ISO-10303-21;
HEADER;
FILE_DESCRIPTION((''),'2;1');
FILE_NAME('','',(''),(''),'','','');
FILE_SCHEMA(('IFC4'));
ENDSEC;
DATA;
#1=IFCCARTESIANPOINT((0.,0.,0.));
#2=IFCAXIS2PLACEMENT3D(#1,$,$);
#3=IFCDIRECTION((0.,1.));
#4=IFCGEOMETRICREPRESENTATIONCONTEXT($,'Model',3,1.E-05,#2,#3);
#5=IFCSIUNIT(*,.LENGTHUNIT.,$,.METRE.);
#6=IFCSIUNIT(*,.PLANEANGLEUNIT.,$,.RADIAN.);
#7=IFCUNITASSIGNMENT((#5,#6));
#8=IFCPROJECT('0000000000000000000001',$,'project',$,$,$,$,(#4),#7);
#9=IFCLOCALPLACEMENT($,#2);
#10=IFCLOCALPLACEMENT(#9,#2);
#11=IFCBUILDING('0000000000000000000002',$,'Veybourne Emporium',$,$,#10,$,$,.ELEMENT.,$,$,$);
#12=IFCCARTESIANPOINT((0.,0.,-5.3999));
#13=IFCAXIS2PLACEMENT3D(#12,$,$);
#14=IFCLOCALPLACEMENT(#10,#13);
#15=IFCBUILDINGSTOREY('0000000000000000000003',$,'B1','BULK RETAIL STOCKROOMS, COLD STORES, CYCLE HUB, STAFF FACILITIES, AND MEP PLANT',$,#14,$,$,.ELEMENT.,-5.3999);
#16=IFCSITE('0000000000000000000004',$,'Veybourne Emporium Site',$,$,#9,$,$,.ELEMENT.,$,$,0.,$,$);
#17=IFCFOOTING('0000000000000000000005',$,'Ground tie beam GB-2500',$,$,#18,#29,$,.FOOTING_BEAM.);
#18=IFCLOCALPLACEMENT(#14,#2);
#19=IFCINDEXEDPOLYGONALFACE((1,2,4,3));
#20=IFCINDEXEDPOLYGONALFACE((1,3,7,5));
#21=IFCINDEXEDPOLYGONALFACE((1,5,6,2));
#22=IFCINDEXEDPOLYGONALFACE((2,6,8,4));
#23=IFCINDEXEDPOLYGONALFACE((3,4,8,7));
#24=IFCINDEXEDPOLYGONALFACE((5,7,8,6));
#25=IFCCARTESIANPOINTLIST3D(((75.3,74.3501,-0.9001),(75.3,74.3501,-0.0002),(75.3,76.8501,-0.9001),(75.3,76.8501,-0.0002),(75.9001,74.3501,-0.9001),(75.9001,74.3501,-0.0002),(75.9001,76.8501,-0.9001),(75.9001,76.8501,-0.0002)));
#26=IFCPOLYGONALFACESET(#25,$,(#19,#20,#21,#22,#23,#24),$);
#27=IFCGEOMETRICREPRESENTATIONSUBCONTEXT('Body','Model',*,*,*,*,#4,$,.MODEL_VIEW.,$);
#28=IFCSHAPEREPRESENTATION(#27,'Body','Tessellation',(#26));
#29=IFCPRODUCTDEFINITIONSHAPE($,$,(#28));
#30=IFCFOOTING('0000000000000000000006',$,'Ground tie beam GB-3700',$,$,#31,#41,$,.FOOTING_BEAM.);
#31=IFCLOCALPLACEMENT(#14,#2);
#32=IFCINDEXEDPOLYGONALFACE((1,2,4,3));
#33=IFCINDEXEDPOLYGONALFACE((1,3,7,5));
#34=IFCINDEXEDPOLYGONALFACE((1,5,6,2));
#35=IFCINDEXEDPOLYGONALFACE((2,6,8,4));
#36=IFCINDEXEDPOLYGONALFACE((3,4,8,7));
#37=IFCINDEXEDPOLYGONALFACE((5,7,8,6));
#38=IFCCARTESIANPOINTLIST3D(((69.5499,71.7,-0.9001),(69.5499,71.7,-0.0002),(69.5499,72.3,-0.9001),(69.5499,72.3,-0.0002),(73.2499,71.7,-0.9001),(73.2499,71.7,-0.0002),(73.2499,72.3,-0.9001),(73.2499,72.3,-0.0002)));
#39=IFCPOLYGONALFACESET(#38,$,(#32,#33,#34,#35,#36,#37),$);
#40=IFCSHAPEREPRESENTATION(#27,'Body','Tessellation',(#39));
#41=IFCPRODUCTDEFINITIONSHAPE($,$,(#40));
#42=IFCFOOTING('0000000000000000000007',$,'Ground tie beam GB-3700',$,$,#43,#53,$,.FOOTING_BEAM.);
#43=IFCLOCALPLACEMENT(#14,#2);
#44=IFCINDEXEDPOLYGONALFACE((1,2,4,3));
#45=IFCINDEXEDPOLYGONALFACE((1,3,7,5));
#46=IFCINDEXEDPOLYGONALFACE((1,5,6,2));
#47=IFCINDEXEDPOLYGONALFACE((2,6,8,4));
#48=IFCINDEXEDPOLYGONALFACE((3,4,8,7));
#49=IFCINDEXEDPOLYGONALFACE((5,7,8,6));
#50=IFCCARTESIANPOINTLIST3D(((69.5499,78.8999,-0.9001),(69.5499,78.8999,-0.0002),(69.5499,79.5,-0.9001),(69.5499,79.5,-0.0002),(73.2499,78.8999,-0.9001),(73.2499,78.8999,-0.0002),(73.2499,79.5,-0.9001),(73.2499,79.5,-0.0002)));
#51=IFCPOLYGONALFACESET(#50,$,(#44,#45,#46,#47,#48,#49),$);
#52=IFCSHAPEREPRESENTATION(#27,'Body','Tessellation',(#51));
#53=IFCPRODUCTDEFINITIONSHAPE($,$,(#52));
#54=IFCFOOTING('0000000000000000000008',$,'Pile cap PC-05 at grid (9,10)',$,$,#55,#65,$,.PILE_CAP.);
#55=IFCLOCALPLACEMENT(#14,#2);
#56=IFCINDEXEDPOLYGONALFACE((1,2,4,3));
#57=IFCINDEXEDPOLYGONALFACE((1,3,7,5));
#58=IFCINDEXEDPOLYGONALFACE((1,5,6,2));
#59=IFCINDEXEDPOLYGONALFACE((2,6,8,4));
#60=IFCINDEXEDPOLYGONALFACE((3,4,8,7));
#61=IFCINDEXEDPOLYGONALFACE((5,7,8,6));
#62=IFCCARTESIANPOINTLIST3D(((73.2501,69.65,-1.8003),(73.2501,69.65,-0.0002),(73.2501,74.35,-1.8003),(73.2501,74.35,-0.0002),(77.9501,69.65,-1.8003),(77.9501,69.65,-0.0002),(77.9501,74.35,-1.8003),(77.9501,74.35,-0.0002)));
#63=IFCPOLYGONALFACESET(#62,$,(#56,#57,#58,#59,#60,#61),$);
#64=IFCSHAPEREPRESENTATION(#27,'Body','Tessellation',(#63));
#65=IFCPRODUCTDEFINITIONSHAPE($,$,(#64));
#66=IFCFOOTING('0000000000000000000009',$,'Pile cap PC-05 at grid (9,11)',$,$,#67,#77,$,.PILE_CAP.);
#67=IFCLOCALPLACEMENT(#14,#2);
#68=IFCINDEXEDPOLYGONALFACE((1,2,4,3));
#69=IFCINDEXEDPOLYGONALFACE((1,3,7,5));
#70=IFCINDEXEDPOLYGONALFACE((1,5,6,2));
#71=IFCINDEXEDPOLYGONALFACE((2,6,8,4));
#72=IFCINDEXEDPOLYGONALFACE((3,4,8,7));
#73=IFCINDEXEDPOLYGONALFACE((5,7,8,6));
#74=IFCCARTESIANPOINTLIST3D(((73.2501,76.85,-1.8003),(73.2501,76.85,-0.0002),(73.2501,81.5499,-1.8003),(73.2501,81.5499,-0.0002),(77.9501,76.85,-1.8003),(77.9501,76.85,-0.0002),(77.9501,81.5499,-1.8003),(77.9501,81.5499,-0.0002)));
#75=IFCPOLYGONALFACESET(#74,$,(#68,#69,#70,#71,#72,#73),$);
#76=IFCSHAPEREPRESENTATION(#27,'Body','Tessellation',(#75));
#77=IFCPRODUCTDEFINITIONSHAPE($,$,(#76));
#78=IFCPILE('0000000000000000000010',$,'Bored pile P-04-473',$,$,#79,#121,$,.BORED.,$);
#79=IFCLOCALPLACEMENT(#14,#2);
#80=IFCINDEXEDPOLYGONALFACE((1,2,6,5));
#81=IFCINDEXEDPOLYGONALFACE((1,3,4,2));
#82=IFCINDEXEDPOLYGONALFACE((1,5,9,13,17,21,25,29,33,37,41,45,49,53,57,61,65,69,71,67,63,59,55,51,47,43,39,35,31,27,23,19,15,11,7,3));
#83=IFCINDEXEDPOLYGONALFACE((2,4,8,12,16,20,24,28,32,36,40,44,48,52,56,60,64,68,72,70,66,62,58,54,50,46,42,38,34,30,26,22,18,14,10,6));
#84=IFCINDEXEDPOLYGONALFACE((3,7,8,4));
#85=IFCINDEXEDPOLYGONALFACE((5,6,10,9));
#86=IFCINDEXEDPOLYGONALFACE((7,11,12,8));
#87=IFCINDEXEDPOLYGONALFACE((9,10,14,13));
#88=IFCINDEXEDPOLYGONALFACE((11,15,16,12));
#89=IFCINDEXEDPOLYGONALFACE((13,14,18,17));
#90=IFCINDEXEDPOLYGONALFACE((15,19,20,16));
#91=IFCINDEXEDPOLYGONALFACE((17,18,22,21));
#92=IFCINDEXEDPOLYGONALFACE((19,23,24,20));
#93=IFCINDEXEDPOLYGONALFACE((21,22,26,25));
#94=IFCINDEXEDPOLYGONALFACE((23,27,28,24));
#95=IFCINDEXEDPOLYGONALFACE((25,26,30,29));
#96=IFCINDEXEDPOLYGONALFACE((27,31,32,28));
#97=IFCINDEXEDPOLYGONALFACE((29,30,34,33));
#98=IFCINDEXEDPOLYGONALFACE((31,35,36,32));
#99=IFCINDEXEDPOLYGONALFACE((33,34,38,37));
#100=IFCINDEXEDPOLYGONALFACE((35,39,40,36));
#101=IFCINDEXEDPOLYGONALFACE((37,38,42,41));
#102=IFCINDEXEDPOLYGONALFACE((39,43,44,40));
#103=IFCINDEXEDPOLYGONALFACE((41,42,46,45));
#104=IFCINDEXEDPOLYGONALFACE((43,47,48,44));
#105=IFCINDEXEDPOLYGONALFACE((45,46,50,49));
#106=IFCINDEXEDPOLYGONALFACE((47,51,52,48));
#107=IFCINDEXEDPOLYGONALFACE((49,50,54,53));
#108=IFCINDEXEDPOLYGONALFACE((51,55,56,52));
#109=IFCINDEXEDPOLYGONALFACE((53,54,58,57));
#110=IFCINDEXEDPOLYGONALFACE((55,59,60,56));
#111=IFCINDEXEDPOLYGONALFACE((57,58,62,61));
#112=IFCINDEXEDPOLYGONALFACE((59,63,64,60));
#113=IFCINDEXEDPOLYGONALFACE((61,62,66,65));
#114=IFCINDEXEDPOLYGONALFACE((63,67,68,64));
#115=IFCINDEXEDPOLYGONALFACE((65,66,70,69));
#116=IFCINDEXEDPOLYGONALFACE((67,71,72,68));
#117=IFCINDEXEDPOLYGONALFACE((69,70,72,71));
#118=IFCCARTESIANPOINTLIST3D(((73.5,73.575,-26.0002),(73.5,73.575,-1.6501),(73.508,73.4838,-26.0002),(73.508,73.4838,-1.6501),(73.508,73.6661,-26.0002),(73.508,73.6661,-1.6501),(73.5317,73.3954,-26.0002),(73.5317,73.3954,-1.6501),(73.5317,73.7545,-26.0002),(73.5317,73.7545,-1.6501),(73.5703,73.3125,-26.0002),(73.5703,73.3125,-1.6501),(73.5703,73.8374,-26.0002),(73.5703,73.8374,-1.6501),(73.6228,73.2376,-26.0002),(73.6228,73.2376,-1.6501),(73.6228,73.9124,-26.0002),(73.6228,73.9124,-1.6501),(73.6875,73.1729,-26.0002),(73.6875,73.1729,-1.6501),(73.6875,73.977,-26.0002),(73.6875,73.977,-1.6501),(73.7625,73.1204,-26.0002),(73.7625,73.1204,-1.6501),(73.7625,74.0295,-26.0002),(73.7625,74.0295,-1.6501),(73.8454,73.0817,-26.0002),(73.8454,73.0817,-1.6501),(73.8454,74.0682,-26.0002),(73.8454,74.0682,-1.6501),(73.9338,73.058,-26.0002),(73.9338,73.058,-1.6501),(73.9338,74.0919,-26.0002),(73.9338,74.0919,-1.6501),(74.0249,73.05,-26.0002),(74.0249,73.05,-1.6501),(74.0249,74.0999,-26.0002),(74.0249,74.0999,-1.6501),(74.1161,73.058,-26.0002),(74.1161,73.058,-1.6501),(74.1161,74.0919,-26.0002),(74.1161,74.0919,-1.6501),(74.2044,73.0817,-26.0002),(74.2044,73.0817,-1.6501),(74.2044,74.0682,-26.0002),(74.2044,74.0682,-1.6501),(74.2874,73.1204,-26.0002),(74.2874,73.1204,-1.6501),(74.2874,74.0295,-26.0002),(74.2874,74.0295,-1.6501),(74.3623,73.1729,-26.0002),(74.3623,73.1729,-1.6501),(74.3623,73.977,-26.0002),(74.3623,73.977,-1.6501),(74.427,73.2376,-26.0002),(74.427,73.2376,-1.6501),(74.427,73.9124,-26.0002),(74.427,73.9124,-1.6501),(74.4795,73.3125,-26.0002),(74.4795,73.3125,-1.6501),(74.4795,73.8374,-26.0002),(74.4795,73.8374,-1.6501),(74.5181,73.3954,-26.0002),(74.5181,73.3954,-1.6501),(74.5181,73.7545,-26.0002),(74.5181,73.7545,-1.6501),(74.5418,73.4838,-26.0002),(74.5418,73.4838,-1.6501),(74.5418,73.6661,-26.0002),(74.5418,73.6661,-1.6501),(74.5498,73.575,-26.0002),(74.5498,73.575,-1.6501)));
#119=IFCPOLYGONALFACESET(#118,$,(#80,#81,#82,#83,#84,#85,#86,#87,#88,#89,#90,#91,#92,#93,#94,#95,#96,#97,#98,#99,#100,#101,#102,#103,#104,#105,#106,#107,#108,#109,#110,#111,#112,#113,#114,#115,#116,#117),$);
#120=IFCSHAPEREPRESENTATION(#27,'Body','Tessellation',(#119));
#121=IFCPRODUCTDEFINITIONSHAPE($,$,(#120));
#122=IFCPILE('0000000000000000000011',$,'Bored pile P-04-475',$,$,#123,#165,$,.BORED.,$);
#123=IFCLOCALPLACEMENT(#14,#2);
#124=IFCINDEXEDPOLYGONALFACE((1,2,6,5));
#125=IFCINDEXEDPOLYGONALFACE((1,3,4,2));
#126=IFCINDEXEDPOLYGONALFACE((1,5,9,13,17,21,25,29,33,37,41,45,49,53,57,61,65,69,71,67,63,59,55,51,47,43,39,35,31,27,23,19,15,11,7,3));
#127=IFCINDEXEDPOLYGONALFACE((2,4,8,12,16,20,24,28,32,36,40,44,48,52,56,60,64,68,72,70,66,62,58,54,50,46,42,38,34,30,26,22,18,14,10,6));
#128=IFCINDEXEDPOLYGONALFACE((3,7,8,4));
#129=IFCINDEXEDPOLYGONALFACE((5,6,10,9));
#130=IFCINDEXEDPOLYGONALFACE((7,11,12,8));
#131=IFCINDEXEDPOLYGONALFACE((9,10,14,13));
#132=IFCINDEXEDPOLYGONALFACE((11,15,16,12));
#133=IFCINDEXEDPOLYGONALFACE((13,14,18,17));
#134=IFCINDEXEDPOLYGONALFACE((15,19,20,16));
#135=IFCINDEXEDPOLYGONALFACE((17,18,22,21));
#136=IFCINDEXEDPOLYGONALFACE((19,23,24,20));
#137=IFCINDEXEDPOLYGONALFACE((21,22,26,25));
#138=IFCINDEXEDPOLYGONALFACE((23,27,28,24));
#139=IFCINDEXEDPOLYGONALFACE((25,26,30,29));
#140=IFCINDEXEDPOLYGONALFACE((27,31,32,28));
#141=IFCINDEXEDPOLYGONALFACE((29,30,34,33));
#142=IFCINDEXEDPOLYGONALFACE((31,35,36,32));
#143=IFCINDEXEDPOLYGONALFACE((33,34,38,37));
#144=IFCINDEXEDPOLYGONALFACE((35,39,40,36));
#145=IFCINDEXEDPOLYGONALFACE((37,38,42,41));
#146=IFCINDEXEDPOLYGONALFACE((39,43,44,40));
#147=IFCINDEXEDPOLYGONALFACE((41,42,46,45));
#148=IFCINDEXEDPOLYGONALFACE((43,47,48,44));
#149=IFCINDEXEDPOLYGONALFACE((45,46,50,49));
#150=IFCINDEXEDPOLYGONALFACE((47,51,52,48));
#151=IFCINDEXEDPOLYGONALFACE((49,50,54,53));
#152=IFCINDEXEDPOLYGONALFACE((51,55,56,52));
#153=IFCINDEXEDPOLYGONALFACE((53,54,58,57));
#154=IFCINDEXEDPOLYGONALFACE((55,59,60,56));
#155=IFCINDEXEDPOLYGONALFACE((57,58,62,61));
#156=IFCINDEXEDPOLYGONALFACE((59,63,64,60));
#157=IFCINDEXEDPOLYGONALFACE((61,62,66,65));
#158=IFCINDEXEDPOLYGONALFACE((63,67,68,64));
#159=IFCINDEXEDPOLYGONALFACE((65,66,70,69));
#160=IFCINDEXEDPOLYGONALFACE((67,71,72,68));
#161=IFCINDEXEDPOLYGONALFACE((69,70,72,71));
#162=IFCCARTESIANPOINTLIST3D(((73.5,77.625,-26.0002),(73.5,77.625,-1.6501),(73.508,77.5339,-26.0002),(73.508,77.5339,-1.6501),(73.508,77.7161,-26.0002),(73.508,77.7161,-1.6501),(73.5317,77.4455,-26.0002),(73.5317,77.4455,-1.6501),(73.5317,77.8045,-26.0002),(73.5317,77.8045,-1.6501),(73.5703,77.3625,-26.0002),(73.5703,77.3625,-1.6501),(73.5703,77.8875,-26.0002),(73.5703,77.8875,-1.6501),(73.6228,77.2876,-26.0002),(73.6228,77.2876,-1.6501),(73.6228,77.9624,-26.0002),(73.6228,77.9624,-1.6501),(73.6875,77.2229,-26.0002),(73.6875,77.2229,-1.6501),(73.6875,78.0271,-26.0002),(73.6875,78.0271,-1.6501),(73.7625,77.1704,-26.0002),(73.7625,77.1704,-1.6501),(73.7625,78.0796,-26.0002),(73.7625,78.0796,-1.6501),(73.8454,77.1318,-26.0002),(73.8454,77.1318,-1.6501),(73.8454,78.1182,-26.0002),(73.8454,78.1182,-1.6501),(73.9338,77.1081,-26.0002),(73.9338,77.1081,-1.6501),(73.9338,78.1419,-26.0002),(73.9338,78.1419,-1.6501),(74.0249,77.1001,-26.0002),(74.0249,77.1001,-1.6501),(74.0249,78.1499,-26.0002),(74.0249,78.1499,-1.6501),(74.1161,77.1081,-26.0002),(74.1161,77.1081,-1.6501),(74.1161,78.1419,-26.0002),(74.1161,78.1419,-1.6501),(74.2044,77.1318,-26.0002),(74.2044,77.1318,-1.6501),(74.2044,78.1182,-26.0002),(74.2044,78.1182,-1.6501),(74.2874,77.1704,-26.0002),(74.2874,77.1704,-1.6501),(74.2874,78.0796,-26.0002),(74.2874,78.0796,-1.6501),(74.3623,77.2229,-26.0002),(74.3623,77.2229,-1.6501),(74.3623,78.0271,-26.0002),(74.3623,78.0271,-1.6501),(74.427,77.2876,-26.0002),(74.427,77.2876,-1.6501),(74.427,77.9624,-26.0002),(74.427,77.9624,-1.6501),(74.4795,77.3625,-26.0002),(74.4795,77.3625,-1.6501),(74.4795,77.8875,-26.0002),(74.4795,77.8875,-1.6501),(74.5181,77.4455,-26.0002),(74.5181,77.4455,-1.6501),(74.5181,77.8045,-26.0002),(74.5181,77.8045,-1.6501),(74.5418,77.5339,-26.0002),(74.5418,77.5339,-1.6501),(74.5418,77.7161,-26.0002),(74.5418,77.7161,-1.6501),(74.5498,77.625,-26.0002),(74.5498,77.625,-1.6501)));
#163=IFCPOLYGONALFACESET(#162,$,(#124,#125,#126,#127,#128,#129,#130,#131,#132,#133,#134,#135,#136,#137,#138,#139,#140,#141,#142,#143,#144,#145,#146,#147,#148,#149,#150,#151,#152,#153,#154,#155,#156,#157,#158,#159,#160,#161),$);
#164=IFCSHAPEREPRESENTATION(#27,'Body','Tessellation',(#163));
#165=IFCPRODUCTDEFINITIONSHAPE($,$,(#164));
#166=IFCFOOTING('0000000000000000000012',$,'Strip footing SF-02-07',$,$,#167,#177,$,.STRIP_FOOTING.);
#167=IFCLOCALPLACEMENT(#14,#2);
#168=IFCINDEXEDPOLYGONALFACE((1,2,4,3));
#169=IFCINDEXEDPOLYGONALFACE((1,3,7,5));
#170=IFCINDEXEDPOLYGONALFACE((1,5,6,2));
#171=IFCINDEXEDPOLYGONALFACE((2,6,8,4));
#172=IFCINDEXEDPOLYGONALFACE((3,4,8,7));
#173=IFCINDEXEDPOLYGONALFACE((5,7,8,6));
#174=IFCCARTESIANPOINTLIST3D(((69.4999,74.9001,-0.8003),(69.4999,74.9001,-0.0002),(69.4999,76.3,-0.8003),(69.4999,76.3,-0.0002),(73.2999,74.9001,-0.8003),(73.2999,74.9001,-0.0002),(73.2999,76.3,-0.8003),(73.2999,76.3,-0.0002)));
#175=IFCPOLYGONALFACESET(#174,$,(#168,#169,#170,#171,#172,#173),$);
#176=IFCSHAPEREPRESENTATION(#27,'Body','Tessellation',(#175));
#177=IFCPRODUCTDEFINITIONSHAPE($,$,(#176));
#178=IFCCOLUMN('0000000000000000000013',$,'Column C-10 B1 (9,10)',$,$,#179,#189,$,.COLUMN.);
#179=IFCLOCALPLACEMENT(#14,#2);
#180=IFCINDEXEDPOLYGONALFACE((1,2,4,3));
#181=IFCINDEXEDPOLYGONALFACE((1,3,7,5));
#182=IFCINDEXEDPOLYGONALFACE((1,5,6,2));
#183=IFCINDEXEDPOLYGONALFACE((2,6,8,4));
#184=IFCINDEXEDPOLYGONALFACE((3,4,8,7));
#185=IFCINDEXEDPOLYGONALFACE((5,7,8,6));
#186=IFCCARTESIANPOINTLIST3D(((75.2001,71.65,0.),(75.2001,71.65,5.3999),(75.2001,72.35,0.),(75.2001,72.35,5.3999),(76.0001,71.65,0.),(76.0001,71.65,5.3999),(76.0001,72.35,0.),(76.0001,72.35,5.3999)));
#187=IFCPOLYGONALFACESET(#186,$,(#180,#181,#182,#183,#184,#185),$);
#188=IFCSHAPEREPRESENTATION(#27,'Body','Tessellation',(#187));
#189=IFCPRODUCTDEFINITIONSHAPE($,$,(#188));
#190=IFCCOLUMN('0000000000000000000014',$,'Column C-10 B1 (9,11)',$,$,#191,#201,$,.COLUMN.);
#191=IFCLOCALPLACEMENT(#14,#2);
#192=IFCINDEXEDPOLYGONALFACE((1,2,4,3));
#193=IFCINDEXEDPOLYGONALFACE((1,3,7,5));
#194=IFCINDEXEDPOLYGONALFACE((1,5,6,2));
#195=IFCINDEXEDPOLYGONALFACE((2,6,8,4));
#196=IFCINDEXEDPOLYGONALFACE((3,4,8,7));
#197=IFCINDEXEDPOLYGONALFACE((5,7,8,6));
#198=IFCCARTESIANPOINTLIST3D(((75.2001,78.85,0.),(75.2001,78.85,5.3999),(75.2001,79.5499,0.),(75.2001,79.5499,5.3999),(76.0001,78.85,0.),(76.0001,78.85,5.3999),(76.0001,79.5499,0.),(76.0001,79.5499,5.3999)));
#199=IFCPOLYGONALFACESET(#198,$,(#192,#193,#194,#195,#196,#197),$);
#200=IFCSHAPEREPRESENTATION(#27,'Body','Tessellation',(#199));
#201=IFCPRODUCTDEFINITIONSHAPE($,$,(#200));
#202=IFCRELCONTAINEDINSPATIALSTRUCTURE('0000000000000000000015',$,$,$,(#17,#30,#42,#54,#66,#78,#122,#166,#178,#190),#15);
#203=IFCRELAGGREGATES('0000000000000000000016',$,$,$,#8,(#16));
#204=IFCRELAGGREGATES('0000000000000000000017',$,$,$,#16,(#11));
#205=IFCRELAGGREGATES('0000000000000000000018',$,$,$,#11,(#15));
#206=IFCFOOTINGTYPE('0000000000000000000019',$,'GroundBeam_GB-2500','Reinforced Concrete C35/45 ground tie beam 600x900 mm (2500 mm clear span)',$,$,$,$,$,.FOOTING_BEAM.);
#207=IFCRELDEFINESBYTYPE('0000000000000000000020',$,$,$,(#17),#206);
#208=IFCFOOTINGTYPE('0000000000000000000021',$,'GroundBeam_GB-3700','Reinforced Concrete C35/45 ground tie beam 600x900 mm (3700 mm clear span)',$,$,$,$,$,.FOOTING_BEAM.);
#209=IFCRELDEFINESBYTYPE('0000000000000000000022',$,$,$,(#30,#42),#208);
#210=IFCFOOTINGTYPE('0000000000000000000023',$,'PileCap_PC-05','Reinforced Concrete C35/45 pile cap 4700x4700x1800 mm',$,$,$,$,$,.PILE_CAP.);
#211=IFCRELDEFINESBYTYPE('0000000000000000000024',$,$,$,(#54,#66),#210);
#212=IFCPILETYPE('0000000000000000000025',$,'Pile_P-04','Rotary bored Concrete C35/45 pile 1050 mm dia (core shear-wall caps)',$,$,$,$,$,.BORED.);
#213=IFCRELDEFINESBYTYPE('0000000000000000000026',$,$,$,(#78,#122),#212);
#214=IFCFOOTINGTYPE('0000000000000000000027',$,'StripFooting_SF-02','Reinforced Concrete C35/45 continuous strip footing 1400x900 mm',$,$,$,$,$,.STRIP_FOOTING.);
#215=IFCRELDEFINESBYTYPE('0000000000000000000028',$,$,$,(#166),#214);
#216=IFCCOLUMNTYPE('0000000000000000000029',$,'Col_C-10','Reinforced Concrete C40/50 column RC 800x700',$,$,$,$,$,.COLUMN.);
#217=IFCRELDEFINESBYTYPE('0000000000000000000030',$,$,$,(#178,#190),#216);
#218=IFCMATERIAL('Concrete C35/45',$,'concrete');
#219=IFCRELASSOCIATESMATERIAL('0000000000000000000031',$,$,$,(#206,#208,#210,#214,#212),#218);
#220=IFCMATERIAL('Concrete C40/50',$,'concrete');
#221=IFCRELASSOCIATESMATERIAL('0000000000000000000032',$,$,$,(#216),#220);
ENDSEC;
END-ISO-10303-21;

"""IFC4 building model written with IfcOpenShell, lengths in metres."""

from ifc_helpers import new_model, si_unit, direction, frame, origin, origin_2d, place, context, subcontext, project, spatial, rectangle, circle, extrude, material, material_profile, profile_set, type_object, element, save


model = new_model("IFC4")

# Units and contexts
model_context = context("Model", 3, precision=1e-05, world=origin(), true_north=direction((0.0, 1.0)))
body_context = subcontext(model_context, "Body", "Model", "MODEL_VIEW")
ifc_project = project(units=[si_unit("LENGTHUNIT", "METRE"), si_unit("PLANEANGLEUNIT", "RADIAN")], contexts=[model_context])

# Site, building, storey
site_placement = place(None, origin())
site = spatial("IfcSite", under=ifc_project, at=site_placement, Name="Veybourne Emporium Site", CompositionType="ELEMENT", RefElevation=0.0)
building_placement = place(site_placement, origin())
building = spatial("IfcBuilding", under=site, at=building_placement, Name="Veybourne Emporium", CompositionType="ELEMENT")
storey_placement = place(building_placement, frame((0.0, 0.0, -5.3999)))
storey = spatial("IfcBuildingStorey", under=building, at=storey_placement, Name="B1", Description="BULK RETAIL STOCKROOMS, COLD STORES, CYCLE HUB, STAFF FACILITIES, AND MEP PLANT", CompositionType="ELEMENT", Elevation=-5.3999)

# Footings
ifc_material_1 = material(Name="Concrete C35/45", Category="concrete")
footing_type_1 = type_object("IfcFootingType", Name="GroundBeam_GB-2500", Description="Reinforced Concrete C35/45 ground tie beam 600x900 mm (2500 mm clear span)", PredefinedType="FOOTING_BEAM", material=ifc_material_1)
footing_1_placement = place(storey_placement, frame((75.6001, 75.6001, -0.9001), z_axis=(0.0, 0.0, 1.0), x_axis=(0.0, 1.0, 0.0)))
element("IfcFooting", 1, at=footing_1_placement, inside=storey, type_object=footing_type_1, Name="Ground tie beam GB-2500", PredefinedType="FOOTING_BEAM", context=body_context, shape_type="SweptSolid", body=[
    extrude(rectangle(XDim=2.5, YDim=0.6001, at=origin_2d()), origin(), (0.0, 0.0, 1.0), 0.8999),
])
footing_type_2 = type_object("IfcFootingType", Name="GroundBeam_GB-3700", Description="Reinforced Concrete C35/45 ground tie beam 600x900 mm (3700 mm clear span)", PredefinedType="FOOTING_BEAM", material=ifc_material_1)
for number, where, z_axis, x_axis, name in (
    (2, (71.3999, 72.0, -0.9001), (0.0, 0.0, 1.0), (1.0, 0.0, 0.0), "Ground tie beam GB-3700"),
    (3, (71.3999, 79.2, -0.9001), (0.0, 0.0, 1.0), (1.0, 0.0, 0.0), "Ground tie beam GB-3700"),
):
    element("IfcFooting", number, at=place(storey_placement, frame(where, z_axis=z_axis, x_axis=x_axis)), inside=storey, type_object=footing_type_2, Name=name, PredefinedType="FOOTING_BEAM", context=body_context, shape_type="SweptSolid", body=[
        extrude(rectangle(XDim=3.7, YDim=0.6001, at=origin_2d()), origin(), (0.0, 0.0, 1.0), 0.8999),
    ])
footing_type_3 = type_object("IfcFootingType", Name="PileCap_PC-05", Description="Reinforced Concrete C35/45 pile cap 4700x4700x1800 mm", PredefinedType="PILE_CAP", material=ifc_material_1)
for number, where, z_axis, x_axis, name in (
    (4, (75.6001, 72.0, -1.8003), (0.0, 0.0, 1.0), (1.0, 0.0, 0.0), "Pile cap PC-05 at grid (9,10)"),
    (5, (75.6001, 79.2, -1.8003), (0.0, 0.0, 1.0), (1.0, 0.0, 0.0), "Pile cap PC-05 at grid (9,11)"),
):
    element("IfcFooting", number, at=place(storey_placement, frame(where, z_axis=z_axis, x_axis=x_axis)), inside=storey, type_object=footing_type_3, Name=name, PredefinedType="PILE_CAP", context=body_context, shape_type="SweptSolid", body=[
        extrude(rectangle(XDim=4.7, YDim=4.7, at=origin_2d()), origin(), (0.0, 0.0, 1.0), 1.8),
    ])

# Piles
ifc_material_profile_1 = material_profile(ifc_material_1, circle(Radius=0.5249, at=origin_2d()), Name="BORED PILE 1050")
ifc_profile_set_1 = profile_set([ifc_material_profile_1], Name="Concrete C35/45")
pile_type = type_object("IfcPileType", Name="Pile_P-04", Description="Rotary bored Concrete C35/45 pile 1050 mm dia (core shear-wall caps)", PredefinedType="BORED", material=ifc_profile_set_1)
for number, where, z_axis, x_axis, name in (
    (6, (74.0249, 73.575, -1.6501), (0.0, 0.0, -1.0), (1.0, 0.0, 0.0), "Bored pile P-04-473"),
    (7, (74.0249, 77.625, -1.6501), (0.0, 0.0, -1.0), (1.0, 0.0, 0.0), "Bored pile P-04-475"),
):
    element("IfcPile", number, at=place(storey_placement, frame(where, z_axis=z_axis, x_axis=x_axis)), inside=storey, type_object=pile_type, Name=name, PredefinedType="BORED", context=body_context, shape_type="SweptSolid", body=[
        extrude(circle(Radius=0.5249, at=origin_2d()), origin(), (0.0, 0.0, 1.0), 24.3501),
    ])

# Footing
footing_type_4 = type_object("IfcFootingType", Name="StripFooting_SF-02", Description="Reinforced Concrete C35/45 continuous strip footing 1400x900 mm", PredefinedType="STRIP_FOOTING", material=ifc_material_1)
footing_2_placement = place(storey_placement, frame((71.3999, 75.6001, -0.8003), z_axis=(0.0, 0.0, 1.0), x_axis=(1.0, 0.0, 0.0)))
element("IfcFooting", 8, at=footing_2_placement, inside=storey, type_object=footing_type_4, Name="Strip footing SF-02-07", PredefinedType="STRIP_FOOTING", context=body_context, shape_type="SweptSolid", body=[
    extrude(rectangle(XDim=3.8, YDim=1.3999, at=origin_2d()), origin(), (0.0, 0.0, 1.0), 0.8),
])

# Columns
ifc_material_2 = material(Name="Concrete C40/50", Category="concrete")
ifc_material_profile_2 = material_profile(ifc_material_2, rectangle(XDim=0.8, YDim=0.7, at=origin_2d()), Name="RC 800x700")
ifc_profile_set_2 = profile_set([ifc_material_profile_2], Name="Concrete C40/50")
column_type = type_object("IfcColumnType", Name="Col_C-10", Description="Reinforced Concrete C40/50 column RC 800x700", PredefinedType="COLUMN", material=ifc_profile_set_2)
for number, where, z_axis, x_axis, name in (
    (9, (75.6001, 72.0, 0.0), (0.0, 0.0, 1.0), (1.0, 0.0, 0.0), "Column C-10 B1 (9,10)"),
    (10, (75.6001, 79.2, 0.0), (0.0, 0.0, 1.0), (1.0, 0.0, 0.0), "Column C-10 B1 (9,11)"),
):
    element("IfcColumn", number, at=place(storey_placement, frame(where, z_axis=z_axis, x_axis=x_axis)), inside=storey, type_object=column_type, Name=name, PredefinedType="COLUMN", context=body_context, shape_type="SweptSolid", body=[
        extrude(rectangle(XDim=0.8, YDim=0.7, at=origin_2d()), origin(), (0.0, 0.0, 1.0), 5.3999),
    ])

save(model, "model.ifc")
